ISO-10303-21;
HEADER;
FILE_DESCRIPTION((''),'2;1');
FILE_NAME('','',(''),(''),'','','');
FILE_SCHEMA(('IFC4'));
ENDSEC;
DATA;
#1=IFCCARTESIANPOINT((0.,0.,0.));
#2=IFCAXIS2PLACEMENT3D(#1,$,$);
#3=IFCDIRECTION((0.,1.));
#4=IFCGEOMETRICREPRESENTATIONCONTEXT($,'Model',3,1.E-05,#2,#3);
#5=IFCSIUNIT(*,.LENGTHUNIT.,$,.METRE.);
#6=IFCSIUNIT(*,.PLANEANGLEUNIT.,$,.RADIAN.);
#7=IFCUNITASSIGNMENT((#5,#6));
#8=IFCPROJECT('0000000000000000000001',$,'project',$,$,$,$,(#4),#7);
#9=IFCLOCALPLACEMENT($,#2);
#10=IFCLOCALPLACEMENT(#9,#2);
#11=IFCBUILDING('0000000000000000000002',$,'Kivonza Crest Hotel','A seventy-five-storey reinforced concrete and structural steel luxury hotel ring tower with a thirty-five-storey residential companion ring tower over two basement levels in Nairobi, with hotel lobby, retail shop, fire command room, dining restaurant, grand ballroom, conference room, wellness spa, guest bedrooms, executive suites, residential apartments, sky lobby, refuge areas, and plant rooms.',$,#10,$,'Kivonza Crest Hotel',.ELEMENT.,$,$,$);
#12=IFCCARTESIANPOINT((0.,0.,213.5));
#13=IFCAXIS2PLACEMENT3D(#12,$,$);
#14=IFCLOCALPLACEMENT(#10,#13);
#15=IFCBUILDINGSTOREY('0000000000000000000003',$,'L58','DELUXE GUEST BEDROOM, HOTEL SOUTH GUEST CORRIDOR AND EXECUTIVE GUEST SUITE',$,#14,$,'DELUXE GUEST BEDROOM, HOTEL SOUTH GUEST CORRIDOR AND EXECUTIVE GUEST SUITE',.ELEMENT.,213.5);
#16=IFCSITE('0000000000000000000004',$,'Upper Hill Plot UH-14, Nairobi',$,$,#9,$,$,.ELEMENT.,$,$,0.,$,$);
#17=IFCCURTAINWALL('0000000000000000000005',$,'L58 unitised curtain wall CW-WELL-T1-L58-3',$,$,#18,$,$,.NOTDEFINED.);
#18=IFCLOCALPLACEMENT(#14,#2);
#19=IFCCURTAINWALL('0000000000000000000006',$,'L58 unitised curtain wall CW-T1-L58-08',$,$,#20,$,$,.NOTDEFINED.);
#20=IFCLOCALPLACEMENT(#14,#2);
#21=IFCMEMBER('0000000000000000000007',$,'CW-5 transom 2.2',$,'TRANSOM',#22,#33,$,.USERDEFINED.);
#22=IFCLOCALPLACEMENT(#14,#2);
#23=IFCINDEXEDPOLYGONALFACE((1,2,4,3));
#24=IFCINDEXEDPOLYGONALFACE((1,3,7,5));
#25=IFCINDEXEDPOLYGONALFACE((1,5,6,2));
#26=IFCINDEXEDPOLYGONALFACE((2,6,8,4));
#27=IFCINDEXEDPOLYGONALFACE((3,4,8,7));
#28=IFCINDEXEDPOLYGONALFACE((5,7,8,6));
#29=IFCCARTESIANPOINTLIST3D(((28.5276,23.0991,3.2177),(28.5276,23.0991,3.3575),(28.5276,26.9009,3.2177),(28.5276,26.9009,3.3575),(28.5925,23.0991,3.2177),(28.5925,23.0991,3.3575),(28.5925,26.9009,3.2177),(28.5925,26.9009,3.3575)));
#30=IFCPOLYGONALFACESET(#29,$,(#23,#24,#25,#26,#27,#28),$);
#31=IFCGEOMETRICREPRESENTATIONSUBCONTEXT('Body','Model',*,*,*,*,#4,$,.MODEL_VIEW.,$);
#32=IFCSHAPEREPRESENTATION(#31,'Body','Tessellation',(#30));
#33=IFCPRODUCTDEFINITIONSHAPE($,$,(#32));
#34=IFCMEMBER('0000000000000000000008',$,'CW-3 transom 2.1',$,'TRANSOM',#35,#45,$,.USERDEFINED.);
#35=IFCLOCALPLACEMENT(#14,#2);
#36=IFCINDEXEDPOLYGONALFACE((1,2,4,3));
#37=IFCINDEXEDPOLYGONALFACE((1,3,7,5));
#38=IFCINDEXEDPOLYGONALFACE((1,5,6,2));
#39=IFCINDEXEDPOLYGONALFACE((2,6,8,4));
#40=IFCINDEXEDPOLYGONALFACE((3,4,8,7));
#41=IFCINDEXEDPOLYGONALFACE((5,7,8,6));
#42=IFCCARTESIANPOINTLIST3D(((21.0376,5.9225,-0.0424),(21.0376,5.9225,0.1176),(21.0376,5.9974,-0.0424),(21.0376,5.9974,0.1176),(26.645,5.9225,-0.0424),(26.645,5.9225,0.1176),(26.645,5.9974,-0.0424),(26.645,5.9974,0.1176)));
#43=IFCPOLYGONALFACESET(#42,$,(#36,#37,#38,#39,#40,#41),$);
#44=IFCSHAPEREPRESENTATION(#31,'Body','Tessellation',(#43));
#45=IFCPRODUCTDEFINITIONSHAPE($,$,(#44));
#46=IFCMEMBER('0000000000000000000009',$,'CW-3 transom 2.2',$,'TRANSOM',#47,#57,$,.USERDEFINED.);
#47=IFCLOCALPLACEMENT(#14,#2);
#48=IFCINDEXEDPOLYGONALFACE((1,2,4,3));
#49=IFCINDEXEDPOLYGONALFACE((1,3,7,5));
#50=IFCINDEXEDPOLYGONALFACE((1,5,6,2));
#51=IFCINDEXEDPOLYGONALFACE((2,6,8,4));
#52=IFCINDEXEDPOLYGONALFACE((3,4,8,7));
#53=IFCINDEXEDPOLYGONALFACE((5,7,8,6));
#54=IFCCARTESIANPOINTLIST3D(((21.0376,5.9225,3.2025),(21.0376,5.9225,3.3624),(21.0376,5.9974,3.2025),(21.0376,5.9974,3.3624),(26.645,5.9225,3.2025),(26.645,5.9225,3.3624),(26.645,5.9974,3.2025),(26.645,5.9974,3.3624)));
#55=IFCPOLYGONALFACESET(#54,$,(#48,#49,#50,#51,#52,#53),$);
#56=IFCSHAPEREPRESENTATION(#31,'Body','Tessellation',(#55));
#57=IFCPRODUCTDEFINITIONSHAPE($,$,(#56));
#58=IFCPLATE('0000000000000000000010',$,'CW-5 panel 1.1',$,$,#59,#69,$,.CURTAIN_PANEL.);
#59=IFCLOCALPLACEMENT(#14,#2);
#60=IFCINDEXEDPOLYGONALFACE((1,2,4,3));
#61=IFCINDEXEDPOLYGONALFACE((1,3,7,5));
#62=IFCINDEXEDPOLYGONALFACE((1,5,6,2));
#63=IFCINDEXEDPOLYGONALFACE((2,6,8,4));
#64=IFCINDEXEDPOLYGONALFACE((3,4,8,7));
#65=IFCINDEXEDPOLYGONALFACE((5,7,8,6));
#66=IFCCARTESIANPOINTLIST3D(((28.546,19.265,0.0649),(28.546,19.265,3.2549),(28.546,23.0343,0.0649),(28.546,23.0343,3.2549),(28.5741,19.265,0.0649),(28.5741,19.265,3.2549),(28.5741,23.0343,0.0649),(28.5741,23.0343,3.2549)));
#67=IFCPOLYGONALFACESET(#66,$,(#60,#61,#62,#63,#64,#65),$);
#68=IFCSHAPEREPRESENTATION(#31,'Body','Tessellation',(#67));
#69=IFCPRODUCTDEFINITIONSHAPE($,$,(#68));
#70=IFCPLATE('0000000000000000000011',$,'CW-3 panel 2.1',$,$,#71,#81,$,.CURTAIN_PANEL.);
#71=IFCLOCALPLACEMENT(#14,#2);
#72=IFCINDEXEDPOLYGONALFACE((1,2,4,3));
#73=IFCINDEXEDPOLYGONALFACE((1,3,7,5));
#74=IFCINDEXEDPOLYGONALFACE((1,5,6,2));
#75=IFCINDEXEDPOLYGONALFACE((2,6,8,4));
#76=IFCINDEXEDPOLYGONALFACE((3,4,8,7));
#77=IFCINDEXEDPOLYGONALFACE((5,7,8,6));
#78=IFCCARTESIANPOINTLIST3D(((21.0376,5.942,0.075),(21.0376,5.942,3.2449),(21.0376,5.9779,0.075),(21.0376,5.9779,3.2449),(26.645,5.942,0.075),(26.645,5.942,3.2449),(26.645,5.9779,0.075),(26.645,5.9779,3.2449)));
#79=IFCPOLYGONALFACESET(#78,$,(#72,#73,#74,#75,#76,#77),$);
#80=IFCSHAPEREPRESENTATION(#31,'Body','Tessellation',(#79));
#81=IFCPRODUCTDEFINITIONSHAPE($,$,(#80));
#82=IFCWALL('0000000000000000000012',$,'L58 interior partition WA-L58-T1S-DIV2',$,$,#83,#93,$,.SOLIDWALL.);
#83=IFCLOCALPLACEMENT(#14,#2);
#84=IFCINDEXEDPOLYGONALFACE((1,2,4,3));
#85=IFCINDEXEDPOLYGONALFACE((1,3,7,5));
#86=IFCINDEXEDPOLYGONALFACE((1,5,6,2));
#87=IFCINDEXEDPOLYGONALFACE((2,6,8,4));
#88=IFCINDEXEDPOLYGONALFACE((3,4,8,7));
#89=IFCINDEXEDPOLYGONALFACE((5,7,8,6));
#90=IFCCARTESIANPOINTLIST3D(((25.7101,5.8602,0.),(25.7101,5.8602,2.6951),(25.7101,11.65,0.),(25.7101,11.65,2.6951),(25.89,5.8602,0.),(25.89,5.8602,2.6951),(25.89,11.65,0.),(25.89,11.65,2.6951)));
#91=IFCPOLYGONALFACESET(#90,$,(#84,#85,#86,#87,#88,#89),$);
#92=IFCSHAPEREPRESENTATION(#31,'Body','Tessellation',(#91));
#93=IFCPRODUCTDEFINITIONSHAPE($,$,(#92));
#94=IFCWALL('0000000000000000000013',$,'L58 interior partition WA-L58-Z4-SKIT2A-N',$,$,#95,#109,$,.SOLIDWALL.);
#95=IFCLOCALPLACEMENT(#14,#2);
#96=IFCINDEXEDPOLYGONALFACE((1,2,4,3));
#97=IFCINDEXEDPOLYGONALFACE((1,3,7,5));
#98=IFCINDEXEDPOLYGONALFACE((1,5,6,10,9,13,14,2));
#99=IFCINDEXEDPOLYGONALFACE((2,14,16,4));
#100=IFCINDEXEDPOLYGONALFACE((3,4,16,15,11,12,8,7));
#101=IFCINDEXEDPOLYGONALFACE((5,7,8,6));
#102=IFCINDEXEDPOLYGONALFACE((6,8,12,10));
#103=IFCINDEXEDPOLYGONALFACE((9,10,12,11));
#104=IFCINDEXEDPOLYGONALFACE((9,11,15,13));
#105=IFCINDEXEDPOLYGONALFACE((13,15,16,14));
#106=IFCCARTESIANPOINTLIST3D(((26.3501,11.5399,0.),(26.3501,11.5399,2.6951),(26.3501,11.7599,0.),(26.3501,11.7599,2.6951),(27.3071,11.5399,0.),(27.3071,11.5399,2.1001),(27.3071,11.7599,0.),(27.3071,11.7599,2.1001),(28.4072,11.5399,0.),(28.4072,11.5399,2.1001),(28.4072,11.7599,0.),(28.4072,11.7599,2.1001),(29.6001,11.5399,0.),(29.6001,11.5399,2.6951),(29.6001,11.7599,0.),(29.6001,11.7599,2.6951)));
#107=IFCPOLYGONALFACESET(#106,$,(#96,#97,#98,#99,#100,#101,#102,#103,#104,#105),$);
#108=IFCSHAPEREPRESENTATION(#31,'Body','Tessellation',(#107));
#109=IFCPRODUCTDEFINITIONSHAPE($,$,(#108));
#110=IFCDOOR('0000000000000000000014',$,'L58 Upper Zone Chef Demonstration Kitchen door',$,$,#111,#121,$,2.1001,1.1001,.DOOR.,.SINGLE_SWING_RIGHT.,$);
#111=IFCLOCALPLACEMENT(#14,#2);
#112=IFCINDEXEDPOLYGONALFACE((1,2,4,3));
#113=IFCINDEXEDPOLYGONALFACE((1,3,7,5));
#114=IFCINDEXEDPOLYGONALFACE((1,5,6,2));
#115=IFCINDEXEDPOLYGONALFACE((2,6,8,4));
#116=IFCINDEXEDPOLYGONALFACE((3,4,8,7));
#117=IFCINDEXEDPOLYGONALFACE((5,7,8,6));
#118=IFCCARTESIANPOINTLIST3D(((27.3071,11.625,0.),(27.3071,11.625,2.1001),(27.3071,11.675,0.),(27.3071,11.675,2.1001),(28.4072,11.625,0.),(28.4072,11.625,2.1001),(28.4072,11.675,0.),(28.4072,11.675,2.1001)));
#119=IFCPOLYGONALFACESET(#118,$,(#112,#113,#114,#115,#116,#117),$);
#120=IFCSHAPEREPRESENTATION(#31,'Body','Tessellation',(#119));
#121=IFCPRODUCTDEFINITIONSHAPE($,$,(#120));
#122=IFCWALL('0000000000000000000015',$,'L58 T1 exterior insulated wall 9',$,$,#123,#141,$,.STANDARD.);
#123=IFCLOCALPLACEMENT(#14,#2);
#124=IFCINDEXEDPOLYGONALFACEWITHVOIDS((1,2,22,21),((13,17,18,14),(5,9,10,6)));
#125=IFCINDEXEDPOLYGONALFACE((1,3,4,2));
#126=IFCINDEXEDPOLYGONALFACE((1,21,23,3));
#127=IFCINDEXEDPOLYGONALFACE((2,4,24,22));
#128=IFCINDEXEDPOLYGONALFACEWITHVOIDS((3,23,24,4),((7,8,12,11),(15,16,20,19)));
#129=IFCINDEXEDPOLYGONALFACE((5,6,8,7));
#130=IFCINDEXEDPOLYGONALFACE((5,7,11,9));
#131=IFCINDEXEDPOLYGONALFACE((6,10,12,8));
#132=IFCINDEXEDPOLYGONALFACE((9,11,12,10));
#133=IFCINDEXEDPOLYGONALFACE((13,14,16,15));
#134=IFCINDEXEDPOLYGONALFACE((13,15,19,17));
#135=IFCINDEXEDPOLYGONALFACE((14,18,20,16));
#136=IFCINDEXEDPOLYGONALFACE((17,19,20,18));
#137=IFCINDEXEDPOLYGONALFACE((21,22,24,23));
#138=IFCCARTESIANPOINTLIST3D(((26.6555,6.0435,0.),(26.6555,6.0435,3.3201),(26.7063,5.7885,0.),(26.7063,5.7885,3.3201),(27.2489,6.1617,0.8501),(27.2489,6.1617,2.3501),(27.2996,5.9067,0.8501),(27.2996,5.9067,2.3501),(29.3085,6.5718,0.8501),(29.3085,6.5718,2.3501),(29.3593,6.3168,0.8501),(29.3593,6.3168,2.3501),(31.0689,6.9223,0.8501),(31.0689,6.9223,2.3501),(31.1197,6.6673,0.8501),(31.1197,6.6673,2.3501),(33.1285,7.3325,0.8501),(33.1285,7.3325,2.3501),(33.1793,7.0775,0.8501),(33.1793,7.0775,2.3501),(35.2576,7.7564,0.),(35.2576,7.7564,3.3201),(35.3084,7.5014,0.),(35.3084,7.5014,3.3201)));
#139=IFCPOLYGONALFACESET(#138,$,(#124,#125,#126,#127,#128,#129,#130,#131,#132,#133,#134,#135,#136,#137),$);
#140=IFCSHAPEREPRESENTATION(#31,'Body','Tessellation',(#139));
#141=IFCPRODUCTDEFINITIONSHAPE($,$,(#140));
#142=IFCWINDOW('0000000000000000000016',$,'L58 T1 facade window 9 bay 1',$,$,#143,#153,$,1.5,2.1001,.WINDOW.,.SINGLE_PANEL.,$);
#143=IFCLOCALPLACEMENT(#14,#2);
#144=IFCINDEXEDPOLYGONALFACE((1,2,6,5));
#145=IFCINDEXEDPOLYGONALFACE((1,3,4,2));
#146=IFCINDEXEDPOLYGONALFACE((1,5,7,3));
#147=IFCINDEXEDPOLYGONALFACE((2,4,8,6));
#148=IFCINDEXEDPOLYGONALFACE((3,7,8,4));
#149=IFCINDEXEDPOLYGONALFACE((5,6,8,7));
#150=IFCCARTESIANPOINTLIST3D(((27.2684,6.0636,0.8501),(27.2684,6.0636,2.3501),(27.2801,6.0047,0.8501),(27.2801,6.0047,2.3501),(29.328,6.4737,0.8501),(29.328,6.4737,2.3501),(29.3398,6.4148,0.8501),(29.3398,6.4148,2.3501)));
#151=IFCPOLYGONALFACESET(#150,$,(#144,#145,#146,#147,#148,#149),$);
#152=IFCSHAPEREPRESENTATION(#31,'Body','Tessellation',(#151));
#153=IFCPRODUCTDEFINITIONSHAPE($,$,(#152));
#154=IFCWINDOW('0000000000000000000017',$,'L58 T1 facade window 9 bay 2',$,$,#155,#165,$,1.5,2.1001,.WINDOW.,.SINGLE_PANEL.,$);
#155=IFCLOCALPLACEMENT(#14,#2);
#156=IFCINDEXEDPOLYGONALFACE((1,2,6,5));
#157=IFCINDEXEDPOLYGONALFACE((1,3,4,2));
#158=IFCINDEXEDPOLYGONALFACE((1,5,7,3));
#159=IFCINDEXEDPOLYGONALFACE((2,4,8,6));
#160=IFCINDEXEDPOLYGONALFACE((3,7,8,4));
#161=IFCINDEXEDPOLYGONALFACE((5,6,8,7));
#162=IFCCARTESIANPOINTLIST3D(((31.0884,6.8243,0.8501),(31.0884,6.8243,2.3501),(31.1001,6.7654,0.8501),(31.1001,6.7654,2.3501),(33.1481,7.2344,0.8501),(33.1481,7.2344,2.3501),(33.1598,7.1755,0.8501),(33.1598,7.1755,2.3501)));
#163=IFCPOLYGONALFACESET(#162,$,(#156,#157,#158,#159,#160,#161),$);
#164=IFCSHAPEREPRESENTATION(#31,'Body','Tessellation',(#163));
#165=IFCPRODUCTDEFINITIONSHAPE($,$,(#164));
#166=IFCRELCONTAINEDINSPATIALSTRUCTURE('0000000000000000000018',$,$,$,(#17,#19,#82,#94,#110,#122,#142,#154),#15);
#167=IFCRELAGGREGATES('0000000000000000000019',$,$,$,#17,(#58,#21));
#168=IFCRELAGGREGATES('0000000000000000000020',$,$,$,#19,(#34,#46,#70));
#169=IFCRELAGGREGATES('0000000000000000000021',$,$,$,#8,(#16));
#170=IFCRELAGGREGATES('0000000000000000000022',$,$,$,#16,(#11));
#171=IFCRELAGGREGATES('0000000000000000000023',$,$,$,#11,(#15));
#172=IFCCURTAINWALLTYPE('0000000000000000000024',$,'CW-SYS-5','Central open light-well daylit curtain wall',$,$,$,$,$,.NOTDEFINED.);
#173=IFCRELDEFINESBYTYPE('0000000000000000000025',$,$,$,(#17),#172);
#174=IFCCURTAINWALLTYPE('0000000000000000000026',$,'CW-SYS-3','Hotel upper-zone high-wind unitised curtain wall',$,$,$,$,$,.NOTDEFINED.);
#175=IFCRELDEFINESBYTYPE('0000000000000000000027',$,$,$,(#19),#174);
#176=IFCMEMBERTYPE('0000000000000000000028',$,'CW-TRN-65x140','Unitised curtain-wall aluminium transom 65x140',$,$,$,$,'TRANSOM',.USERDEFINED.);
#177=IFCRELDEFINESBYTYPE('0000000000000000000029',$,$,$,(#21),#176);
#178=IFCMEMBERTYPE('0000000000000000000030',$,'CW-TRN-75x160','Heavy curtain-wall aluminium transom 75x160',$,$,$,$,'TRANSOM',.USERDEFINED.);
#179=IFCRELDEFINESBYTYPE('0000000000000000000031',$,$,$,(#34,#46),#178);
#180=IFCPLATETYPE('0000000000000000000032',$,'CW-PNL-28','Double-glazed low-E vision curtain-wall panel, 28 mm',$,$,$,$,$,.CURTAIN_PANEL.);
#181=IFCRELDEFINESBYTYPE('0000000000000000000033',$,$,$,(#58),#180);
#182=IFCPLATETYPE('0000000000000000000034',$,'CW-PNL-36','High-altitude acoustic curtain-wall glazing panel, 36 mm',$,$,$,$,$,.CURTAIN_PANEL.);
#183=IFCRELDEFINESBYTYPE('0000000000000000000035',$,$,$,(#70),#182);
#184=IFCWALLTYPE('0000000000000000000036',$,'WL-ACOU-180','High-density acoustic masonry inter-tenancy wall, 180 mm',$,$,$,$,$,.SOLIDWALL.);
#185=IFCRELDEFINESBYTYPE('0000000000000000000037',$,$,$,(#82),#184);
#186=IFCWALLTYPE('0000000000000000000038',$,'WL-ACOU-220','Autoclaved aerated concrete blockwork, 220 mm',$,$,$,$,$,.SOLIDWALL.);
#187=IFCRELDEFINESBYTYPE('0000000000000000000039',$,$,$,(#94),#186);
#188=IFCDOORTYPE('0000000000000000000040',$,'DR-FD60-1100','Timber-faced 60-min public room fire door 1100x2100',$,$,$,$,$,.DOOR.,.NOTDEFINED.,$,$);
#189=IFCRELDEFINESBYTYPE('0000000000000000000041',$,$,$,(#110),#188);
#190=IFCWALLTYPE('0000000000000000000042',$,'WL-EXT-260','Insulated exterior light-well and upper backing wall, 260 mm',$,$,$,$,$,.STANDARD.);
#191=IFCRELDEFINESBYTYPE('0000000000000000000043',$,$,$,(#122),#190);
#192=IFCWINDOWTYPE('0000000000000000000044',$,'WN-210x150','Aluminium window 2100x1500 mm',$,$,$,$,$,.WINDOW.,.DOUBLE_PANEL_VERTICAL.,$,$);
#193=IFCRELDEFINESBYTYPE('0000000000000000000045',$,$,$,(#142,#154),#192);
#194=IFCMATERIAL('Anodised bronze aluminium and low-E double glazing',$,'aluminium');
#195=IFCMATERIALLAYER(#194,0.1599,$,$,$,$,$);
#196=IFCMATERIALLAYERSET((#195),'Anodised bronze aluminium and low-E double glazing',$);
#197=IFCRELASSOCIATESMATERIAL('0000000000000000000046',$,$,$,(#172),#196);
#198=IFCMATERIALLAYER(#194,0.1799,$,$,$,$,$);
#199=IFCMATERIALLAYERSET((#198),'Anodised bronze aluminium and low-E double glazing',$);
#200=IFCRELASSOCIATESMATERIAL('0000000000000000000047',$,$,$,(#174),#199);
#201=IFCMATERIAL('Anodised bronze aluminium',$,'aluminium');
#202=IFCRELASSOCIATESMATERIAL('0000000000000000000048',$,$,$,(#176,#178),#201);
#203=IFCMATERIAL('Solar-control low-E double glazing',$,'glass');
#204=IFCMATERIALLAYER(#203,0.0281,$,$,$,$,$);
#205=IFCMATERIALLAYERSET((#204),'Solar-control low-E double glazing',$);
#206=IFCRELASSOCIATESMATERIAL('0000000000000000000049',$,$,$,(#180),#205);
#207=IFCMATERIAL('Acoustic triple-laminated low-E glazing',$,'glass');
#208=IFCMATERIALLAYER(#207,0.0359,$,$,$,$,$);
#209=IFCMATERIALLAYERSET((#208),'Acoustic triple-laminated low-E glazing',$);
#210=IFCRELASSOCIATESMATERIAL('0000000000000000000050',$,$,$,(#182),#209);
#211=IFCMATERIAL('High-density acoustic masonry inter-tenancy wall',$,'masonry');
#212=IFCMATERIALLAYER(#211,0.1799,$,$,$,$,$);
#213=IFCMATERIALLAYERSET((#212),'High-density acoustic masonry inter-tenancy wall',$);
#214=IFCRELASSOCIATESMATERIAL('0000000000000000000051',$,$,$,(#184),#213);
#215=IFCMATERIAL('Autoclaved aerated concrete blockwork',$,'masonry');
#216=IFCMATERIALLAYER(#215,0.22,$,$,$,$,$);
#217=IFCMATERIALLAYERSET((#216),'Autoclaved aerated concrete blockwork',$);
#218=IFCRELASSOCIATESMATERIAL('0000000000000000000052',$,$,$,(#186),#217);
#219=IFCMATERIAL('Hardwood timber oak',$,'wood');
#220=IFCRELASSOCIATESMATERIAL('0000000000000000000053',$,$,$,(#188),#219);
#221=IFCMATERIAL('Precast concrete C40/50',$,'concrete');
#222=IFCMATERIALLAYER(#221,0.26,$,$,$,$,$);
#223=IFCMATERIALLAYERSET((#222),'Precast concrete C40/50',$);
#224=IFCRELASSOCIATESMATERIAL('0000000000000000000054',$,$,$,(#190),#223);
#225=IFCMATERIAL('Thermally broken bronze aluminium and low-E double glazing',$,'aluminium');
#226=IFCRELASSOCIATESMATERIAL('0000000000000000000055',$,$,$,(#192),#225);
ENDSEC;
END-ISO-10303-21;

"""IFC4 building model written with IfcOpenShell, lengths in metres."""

from ifc_helpers import new_model, si_unit, direction, frame, frame_2d, origin, origin_2d, place, context, subcontext, project, spatial, rectangle, extrude, material, layer, layer_set, material_profile, profile_set, type_object, element, fill, aggregate, save


model = new_model("IFC4")

# Units and contexts
model_context = context("Model", 3, precision=1e-05, world=origin(), true_north=direction((0.0, 1.0)))
body_context = subcontext(model_context, "Body", "Model", "MODEL_VIEW")
ifc_project = project(units=[si_unit("LENGTHUNIT", "METRE"), si_unit("PLANEANGLEUNIT", "RADIAN")], contexts=[model_context])

# Site, building, storey
site_placement = place(None, origin())
site = spatial("IfcSite", under=ifc_project, at=site_placement, Name="Upper Hill Plot UH-14, Nairobi", CompositionType="ELEMENT", RefElevation=0.0)
building_placement = place(site_placement, origin())
building = spatial("IfcBuilding", under=site, at=building_placement, Name="Kivonza Crest Hotel", Description="A seventy-five-storey reinforced concrete and structural steel luxury hotel ring tower with a thirty-five-storey residential companion ring tower over two basement levels in Nairobi, with hotel lobby, retail shop, fire command room, dining restaurant, grand ballroom, conference room, wellness spa, guest bedrooms, executive suites, residential apartments, sky lobby, refuge areas, and plant rooms.", LongName="Kivonza Crest Hotel", CompositionType="ELEMENT")
storey_placement = place(building_placement, frame((0.0, 0.0, 213.5)))
storey = spatial("IfcBuildingStorey", under=building, at=storey_placement, Name="L58", Description="DELUXE GUEST BEDROOM, HOTEL SOUTH GUEST CORRIDOR AND EXECUTIVE GUEST SUITE", LongName="DELUXE GUEST BEDROOM, HOTEL SOUTH GUEST CORRIDOR AND EXECUTIVE GUEST SUITE", CompositionType="ELEMENT", Elevation=213.5)

# Curtain walls
ifc_material_1 = material(Name="Anodised bronze aluminium and low-E double glazing", Category="aluminium")
ifc_layer_1 = layer(ifc_material_1, 0.1599)
ifc_layer_set_1 = layer_set([ifc_layer_1], Name="Anodised bronze aluminium and low-E double glazing")
curtain_wall_type_1 = type_object("IfcCurtainWallType", Name="CW-SYS-5", Description="Central open light-well daylit curtain wall", PredefinedType="NOTDEFINED", material=ifc_layer_set_1)
curtain_wall_1_placement = place(storey_placement, origin())
curtain_wall_1 = element("IfcCurtainWall", 1, at=curtain_wall_1_placement, inside=storey, type_object=curtain_wall_type_1, Name="L58 unitised curtain wall CW-WELL-T1-L58-3", PredefinedType="NOTDEFINED")
ifc_material_2 = material(Name="Anodised bronze aluminium", Category="aluminium")
ifc_layer_2 = layer(ifc_material_1, 0.1799)
ifc_layer_set_2 = layer_set([ifc_layer_2], Name="Anodised bronze aluminium and low-E double glazing")
curtain_wall_type_2 = type_object("IfcCurtainWallType", Name="CW-SYS-3", Description="Hotel upper-zone high-wind unitised curtain wall", PredefinedType="NOTDEFINED", material=ifc_layer_set_2)
curtain_wall_2_placement = place(storey_placement, origin())
curtain_wall_2 = element("IfcCurtainWall", 2, at=curtain_wall_2_placement, inside=storey, type_object=curtain_wall_type_2, Name="L58 unitised curtain wall CW-T1-L58-08", PredefinedType="NOTDEFINED")

# Members
ifc_material_profile_1 = material_profile(ifc_material_2, rectangle(XDim=0.0649, YDim=0.1399, at=origin_2d()), Name="CW-T 65x140")
ifc_profile_set_1 = profile_set([ifc_material_profile_1], Name="Anodised bronze aluminium")
member_type_1 = type_object("IfcMemberType", Name="CW-TRN-65x140", Description="Unitised curtain-wall aluminium transom 65x140", ElementType="TRANSOM", PredefinedType="USERDEFINED", material=ifc_profile_set_1)
member_1_placement = place(storey_placement, frame((28.5601, 23.0991, 3.2876), z_axis=(0.0, 1.0, 0.0), x_axis=(-1.0, 0.0, 0.0)))
member_1 = element("IfcMember", 3, at=member_1_placement, type_object=member_type_1, Name="CW-5 transom 2.2", ObjectType="TRANSOM", PredefinedType="USERDEFINED", context=body_context, shape_type="SweptSolid", body=[
    extrude(rectangle(XDim=0.0649, YDim=0.1399, at=origin_2d()), origin(), (0.0, 0.0, 1.0), 3.8018),
])
ifc_material_profile_2 = material_profile(ifc_material_2, rectangle(XDim=0.075, YDim=0.1599, at=origin_2d()), Name="CW-T 75x160")
ifc_profile_set_2 = profile_set([ifc_material_profile_2], Name="Anodised bronze aluminium")
member_type_2 = type_object("IfcMemberType", Name="CW-TRN-75x160", Description="Heavy curtain-wall aluminium transom 75x160", ElementType="TRANSOM", PredefinedType="USERDEFINED", material=ifc_profile_set_2)
member_2_placement = place(storey_placement, frame((21.0376, 5.96, 0.0376), z_axis=(1.0, 0.0, 0.0), x_axis=(0.0, 1.0, 0.0)))
member_2 = element("IfcMember", 4, at=member_2_placement, type_object=member_type_2, Name="CW-3 transom 2.1", ObjectType="TRANSOM", PredefinedType="USERDEFINED", context=body_context, shape_type="SweptSolid", body=[
    extrude(rectangle(XDim=0.075, YDim=0.1599, at=origin_2d()), origin(), (0.0, 0.0, 1.0), 5.6074),
])
member_3_placement = place(storey_placement, frame((21.0376, 5.96, 3.2825), z_axis=(1.0, 0.0, 0.0), x_axis=(0.0, 1.0, 0.0)))
member_3 = element("IfcMember", 5, at=member_3_placement, type_object=member_type_2, Name="CW-3 transom 2.2", ObjectType="TRANSOM", PredefinedType="USERDEFINED", context=body_context, shape_type="SweptSolid", body=[
    extrude(rectangle(XDim=0.075, YDim=0.1599, at=origin_2d()), origin(), (0.0, 0.0, 1.0), 5.6074),
])

# Plates
ifc_material_3 = material(Name="Solar-control low-E double glazing", Category="glass")
ifc_layer_3 = layer(ifc_material_3, 0.0281)
ifc_layer_set_3 = layer_set([ifc_layer_3], Name="Solar-control low-E double glazing")
plate_type_1 = type_object("IfcPlateType", Name="CW-PNL-28", Description="Double-glazed low-E vision curtain-wall panel, 28 mm", PredefinedType="CURTAIN_PANEL", material=ifc_layer_set_3)
plate_1_placement = place(storey_placement, frame((28.5601, 21.1497, 0.0649), z_axis=(0.0, 0.0, 1.0), x_axis=(0.0, 1.0, 0.0)))
plate_1 = element("IfcPlate", 6, at=plate_1_placement, type_object=plate_type_1, Name="CW-5 panel 1.1", PredefinedType="CURTAIN_PANEL", context=body_context, shape_type="SweptSolid", body=[
    extrude(rectangle(XDim=3.7693, YDim=0.0281, at=origin_2d()), origin(), (0.0, 0.0, 1.0), 3.1899),
])
aggregate(curtain_wall_1, [plate_1, member_1])
ifc_material_4 = material(Name="Acoustic triple-laminated low-E glazing", Category="glass")
ifc_layer_4 = layer(ifc_material_4, 0.0359)
ifc_layer_set_4 = layer_set([ifc_layer_4], Name="Acoustic triple-laminated low-E glazing")
plate_type_2 = type_object("IfcPlateType", Name="CW-PNL-36", Description="High-altitude acoustic curtain-wall glazing panel, 36 mm", PredefinedType="CURTAIN_PANEL", material=ifc_layer_set_4)
plate_2_placement = place(storey_placement, frame((23.8413, 5.96, 0.075), z_axis=(0.0, 0.0, 1.0), x_axis=(1.0, 0.0, 0.0)))
plate_2 = element("IfcPlate", 7, at=plate_2_placement, type_object=plate_type_2, Name="CW-3 panel 2.1", PredefinedType="CURTAIN_PANEL", context=body_context, shape_type="SweptSolid", body=[
    extrude(rectangle(XDim=5.6074, YDim=0.0359, at=origin_2d()), origin(), (0.0, 0.0, 1.0), 3.1699),
])
aggregate(curtain_wall_2, [member_2, member_3, plate_2])

# Wall
ifc_material_5 = material(Name="High-density acoustic masonry inter-tenancy wall", Category="masonry")
ifc_layer_5 = layer(ifc_material_5, 0.1799)
ifc_layer_set_5 = layer_set([ifc_layer_5], Name="High-density acoustic masonry inter-tenancy wall")
wall_type_1 = type_object("IfcWallType", Name="WL-ACOU-180", Description="High-density acoustic masonry inter-tenancy wall, 180 mm", PredefinedType="SOLIDWALL", material=ifc_layer_set_5)
wall_1_placement = place(storey_placement, frame((25.8, 5.8601, 0.0), z_axis=(0.0, 0.0, 1.0), x_axis=(0.0, 1.0, 0.0)))
element("IfcWall", 8, at=wall_1_placement, inside=storey, type_object=wall_type_1, Name="L58 interior partition WA-L58-T1S-DIV2", PredefinedType="SOLIDWALL", context=body_context, shape_type="SweptSolid", body=[
    extrude(rectangle(XDim=5.7898, YDim=0.1799, at=frame_2d((2.895, 0.0))), origin(), (0.0, 0.0, 1.0), 2.6951),
])

# Wall, opening, door
ifc_material_6 = material(Name="Autoclaved aerated concrete blockwork", Category="masonry")
ifc_layer_6 = layer(ifc_material_6, 0.22)
ifc_layer_set_6 = layer_set([ifc_layer_6], Name="Autoclaved aerated concrete blockwork")
wall_type_2 = type_object("IfcWallType", Name="WL-ACOU-220", Description="Autoclaved aerated concrete blockwork, 220 mm", PredefinedType="SOLIDWALL", material=ifc_layer_set_6)
wall_2_placement = place(storey_placement, frame((26.3501, 11.6499, 0.0), z_axis=(0.0, 0.0, 1.0), x_axis=(1.0, 0.0, 0.0)))
wall_2 = element("IfcWall", 9, at=wall_2_placement, inside=storey, type_object=wall_type_2, Name="L58 interior partition WA-L58-Z4-SKIT2A-N", PredefinedType="SOLIDWALL", context=body_context, shape_type="SweptSolid", body=[
    extrude(rectangle(XDim=3.25, YDim=0.22, at=frame_2d((1.625, 0.0))), origin(), (0.0, 0.0, 1.0), 2.6951),
])
opening_1_placement = place(wall_2_placement, frame((0.957, 0.0, 0.0)))
opening_1 = element("IfcOpeningElement", 10, at=opening_1_placement, cuts=wall_2, PredefinedType="OPENING", context=body_context, shape_type="SweptSolid", body=[
    extrude(rectangle(XDim=1.1001, YDim=2.1001, at=frame_2d((0.55, 1.05))), frame((0.0, 0.1201, 0.0), z_axis=(0.0, -1.0, 0.0), x_axis=(1.0, 0.0, 0.0)), (0.0, 0.0, 1.0), 0.24),
])
ifc_material_7 = material(Name="Hardwood timber oak", Category="wood")
door_type = type_object("IfcDoorType", Name="DR-FD60-1100", Description="Timber-faced 60-min public room fire door 1100x2100", OperationType="NOTDEFINED", PredefinedType="DOOR", material=ifc_material_7)
door_placement = place(opening_1_placement, frame((1.1001, 0.0, 0.0), z_axis=(0.0, 0.0, 1.0), x_axis=(-1.0, 0.0, 0.0)))
door = element("IfcDoor", 11, at=door_placement, inside=storey, type_object=door_type, Name="L58 Upper Zone Chef Demonstration Kitchen door", OperationType="SINGLE_SWING_RIGHT", OverallHeight=2.1001, OverallWidth=1.1001, PredefinedType="DOOR", context=body_context, shape_type="SweptSolid", body=[
    extrude(rectangle(XDim=1.1001, YDim=2.1001, at=frame_2d((0.55, 1.05))), frame((0.0, 0.0249, 0.0), z_axis=(0.0, -1.0, 0.0), x_axis=(1.0, 0.0, 0.0)), (0.0, 0.0, 1.0), 0.05),
])
fill(opening_1, door)

# Wall, openings, windows
ifc_material_8 = material(Name="Precast concrete C40/50", Category="concrete")
ifc_layer_7 = layer(ifc_material_8, 0.26)
ifc_layer_set_7 = layer_set([ifc_layer_7], Name="Precast concrete C40/50")
wall_type_3 = type_object("IfcWallType", Name="WL-EXT-260", Description="Insulated exterior light-well and upper backing wall, 260 mm", PredefinedType="STANDARD", material=ifc_layer_set_7)
wall_3_placement = place(storey_placement, frame((26.6809, 5.916, 0.0), z_axis=(0.0, 0.0, 1.0), x_axis=(0.980745, 0.195292, 0.0)))
wall_3 = element("IfcWall", 12, at=wall_3_placement, inside=storey, type_object=wall_type_3, Name="L58 T1 exterior insulated wall 9", PredefinedType="STANDARD", context=body_context, shape_type="SweptSolid", body=[
    extrude(rectangle(XDim=8.771, YDim=0.26, at=frame_2d((4.3855, 0.0))), origin(), (0.0, 0.0, 1.0), 3.3201),
])
opening_2_placement = place(wall_3_placement, frame((0.605, 0.0, 0.8501)))
opening_2 = element("IfcOpeningElement", 13, at=opening_2_placement, cuts=wall_3, PredefinedType="OPENING", context=body_context, shape_type="SweptSolid", body=[
    extrude(rectangle(XDim=2.1001, YDim=1.5, at=frame_2d((1.05, 0.75))), frame((0.0, 0.1401, 0.0), z_axis=(0.0, -1.0, 0.0), x_axis=(1.0, 0.0, 0.0)), (0.0, 0.0, 1.0), 0.28),
])
opening_3_placement = place(wall_3_placement, frame((4.5, 0.0, 0.8501)))
opening_3 = element("IfcOpeningElement", 14, at=opening_3_placement, cuts=wall_3, PredefinedType="OPENING", context=body_context, shape_type="SweptSolid", body=[
    extrude(rectangle(XDim=2.1001, YDim=1.5, at=frame_2d((1.05, 0.75))), frame((0.0, 0.1401, 0.0), z_axis=(0.0, -1.0, 0.0), x_axis=(1.0, 0.0, 0.0)), (0.0, 0.0, 1.0), 0.28),
])
ifc_material_9 = material(Name="Thermally broken bronze aluminium and low-E double glazing", Category="aluminium")
window_type = type_object("IfcWindowType", Name="WN-210x150", Description="Aluminium window 2100x1500 mm", PartitioningType="DOUBLE_PANEL_VERTICAL", PredefinedType="WINDOW", material=ifc_material_9)
window_1_placement = place(opening_2_placement, origin())
window_1 = element("IfcWindow", 15, at=window_1_placement, inside=storey, type_object=window_type, Name="L58 T1 facade window 9 bay 1", OverallHeight=1.5, OverallWidth=2.1001, PartitioningType="SINGLE_PANEL", PredefinedType="WINDOW", context=body_context, shape_type="SweptSolid", body=[
    extrude(rectangle(XDim=2.1001, YDim=1.5, at=frame_2d((1.05, 0.75))), frame((0.0, 0.03, 0.0), z_axis=(0.0, -1.0, 0.0), x_axis=(1.0, 0.0, 0.0)), (0.0, 0.0, 1.0), 0.0601),
])
fill(opening_2, window_1)
window_2_placement = place(opening_3_placement, origin())
window_2 = element("IfcWindow", 16, at=window_2_placement, inside=storey, type_object=window_type, Name="L58 T1 facade window 9 bay 2", OverallHeight=1.5, OverallWidth=2.1001, PartitioningType="SINGLE_PANEL", PredefinedType="WINDOW", context=body_context, shape_type="SweptSolid", body=[
    extrude(rectangle(XDim=2.1001, YDim=1.5, at=frame_2d((1.05, 0.75))), frame((0.0, 0.03, 0.0), z_axis=(0.0, -1.0, 0.0), x_axis=(1.0, 0.0, 0.0)), (0.0, 0.0, 1.0), 0.0601),
])
fill(opening_3, window_2)

save(model, "model.ifc")
